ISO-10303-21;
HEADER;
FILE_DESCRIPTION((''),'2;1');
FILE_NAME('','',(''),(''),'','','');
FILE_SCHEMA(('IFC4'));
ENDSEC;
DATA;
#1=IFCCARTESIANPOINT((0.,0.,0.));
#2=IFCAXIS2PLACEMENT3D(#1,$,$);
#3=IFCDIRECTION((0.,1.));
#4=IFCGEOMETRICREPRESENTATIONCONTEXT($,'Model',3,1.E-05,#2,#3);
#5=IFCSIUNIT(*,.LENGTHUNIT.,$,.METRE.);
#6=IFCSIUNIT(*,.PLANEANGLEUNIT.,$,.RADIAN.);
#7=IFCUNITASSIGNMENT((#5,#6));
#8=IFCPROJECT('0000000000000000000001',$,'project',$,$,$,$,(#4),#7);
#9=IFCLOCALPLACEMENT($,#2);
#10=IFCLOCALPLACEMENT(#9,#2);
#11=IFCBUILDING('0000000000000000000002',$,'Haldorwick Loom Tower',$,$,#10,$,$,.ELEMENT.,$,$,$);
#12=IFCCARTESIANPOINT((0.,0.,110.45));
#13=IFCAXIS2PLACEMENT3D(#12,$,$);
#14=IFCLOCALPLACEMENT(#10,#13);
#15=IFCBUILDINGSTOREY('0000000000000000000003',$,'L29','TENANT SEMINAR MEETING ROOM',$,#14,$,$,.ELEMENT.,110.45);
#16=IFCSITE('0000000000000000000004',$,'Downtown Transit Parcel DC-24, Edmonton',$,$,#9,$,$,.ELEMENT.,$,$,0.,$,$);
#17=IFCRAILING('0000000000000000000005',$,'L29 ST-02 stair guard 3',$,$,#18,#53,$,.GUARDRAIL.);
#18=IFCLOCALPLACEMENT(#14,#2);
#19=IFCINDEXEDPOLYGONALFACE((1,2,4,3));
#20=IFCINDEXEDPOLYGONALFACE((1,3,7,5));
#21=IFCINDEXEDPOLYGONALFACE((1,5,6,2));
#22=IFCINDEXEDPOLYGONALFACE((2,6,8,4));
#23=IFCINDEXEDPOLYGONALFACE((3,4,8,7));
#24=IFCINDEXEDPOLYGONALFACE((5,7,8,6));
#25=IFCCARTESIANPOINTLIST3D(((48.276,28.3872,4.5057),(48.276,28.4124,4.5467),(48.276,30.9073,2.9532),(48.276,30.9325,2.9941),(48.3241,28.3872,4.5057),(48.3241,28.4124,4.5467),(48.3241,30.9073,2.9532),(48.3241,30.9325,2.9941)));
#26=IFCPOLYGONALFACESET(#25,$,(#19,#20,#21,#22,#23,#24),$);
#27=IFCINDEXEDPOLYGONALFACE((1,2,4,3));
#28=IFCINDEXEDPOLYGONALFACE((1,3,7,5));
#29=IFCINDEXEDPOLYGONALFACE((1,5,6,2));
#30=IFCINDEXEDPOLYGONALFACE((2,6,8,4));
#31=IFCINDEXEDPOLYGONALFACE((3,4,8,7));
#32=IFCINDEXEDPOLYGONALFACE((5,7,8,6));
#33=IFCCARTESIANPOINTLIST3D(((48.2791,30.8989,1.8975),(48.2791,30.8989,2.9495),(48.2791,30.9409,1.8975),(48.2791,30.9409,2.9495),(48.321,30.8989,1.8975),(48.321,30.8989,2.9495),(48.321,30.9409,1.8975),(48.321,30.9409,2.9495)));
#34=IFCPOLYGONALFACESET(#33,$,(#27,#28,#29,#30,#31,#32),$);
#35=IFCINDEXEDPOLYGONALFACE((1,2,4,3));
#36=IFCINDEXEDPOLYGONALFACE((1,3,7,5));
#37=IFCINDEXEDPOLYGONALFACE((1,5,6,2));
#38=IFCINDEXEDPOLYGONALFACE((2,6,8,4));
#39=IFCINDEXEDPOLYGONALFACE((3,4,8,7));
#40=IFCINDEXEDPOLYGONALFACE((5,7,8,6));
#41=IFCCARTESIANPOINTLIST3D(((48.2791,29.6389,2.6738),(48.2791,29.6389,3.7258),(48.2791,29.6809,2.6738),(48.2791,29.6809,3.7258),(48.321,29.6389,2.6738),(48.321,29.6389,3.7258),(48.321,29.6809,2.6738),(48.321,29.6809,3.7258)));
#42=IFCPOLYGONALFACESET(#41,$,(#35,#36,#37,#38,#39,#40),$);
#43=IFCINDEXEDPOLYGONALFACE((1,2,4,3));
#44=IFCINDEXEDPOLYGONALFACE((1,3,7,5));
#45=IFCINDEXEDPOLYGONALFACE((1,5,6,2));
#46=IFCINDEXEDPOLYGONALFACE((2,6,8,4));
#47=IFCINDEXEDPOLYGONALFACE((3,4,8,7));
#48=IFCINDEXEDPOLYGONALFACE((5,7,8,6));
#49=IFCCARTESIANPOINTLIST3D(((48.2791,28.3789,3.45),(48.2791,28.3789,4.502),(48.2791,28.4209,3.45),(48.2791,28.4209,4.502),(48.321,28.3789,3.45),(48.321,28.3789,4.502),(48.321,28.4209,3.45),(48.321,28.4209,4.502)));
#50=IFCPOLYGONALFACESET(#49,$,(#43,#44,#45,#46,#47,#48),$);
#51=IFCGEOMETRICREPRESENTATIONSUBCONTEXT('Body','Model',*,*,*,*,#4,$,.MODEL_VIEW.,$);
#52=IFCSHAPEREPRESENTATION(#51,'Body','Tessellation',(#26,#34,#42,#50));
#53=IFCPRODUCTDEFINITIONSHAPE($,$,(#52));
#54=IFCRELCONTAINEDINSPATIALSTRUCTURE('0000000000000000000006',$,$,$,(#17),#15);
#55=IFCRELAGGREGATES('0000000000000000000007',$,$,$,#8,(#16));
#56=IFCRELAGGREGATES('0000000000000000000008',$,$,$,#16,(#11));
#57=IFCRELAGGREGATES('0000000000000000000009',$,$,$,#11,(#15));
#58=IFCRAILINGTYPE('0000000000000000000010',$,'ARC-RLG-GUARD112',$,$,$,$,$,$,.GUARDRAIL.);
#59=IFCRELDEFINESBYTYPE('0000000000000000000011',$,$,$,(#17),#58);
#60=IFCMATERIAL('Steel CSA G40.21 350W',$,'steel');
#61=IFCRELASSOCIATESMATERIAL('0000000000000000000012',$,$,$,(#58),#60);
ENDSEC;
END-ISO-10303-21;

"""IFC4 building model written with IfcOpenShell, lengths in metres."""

from ifc_helpers import new_model, si_unit, direction, frame, origin, origin_2d, place, context, subcontext, project, spatial, rectangle, extrude, material, type_object, element, save


model = new_model("IFC4")

# Units and contexts
model_context = context("Model", 3, precision=1e-05, world=origin(), true_north=direction((0.0, 1.0)))
body_context = subcontext(model_context, "Body", "Model", "MODEL_VIEW")
ifc_project = project(units=[si_unit("LENGTHUNIT", "METRE"), si_unit("PLANEANGLEUNIT", "RADIAN")], contexts=[model_context])

# Site, building, storey
site_placement = place(None, origin())
site = spatial("IfcSite", under=ifc_project, at=site_placement, Name="Downtown Transit Parcel DC-24, Edmonton", CompositionType="ELEMENT", RefElevation=0.0)
building_placement = place(site_placement, origin())
building = spatial("IfcBuilding", under=site, at=building_placement, Name="Haldorwick Loom Tower", CompositionType="ELEMENT")
storey_placement = place(building_placement, frame((0.0, 0.0, 110.45)))
storey = spatial("IfcBuildingStorey", under=building, at=storey_placement, Name="L29", Description="TENANT SEMINAR MEETING ROOM", CompositionType="ELEMENT", Elevation=110.45)

# Shared definitions
ifc_material_1 = material(Name="Steel CSA G40.21 350W", Category="steel")

# Railing
railing_type_1 = type_object("IfcRailingType", Name="ARC-RLG-GUARD112", PredefinedType="GUARDRAIL", material=ifc_material_1)
railing_1_placement = place(storey_placement, frame((48.3, 30.9199, 1.8975)))
element("IfcRailing", 1, at=railing_1_placement, inside=storey, type_object=railing_type_1, Name="L29 ST-02 stair guard 3", PredefinedType="GUARDRAIL", context=body_context, shape_type="SweptSolid", body=[
    extrude(rectangle(XDim=0.0481, YDim=0.0481, at=origin_2d()), frame((0.0, 0.0, 1.0762), z_axis=(0.0, -0.8514, 0.524516), x_axis=(1.0, 0.0, 0.0)), (0.0, 0.0, 1.0), 2.96),
    extrude(rectangle(XDim=0.042, YDim=0.042, at=origin_2d()), origin(), (0.0, 0.0, 1.0), 1.052),
    extrude(rectangle(XDim=0.042, YDim=0.042, at=origin_2d()), frame((0.0, -1.26, 0.7764)), (0.0, 0.0, 1.0), 1.052),
    extrude(rectangle(XDim=0.042, YDim=0.042, at=origin_2d()), frame((0.0, -2.52, 1.5525)), (0.0, 0.0, 1.0), 1.052),
])

save(model, "model.ifc")
